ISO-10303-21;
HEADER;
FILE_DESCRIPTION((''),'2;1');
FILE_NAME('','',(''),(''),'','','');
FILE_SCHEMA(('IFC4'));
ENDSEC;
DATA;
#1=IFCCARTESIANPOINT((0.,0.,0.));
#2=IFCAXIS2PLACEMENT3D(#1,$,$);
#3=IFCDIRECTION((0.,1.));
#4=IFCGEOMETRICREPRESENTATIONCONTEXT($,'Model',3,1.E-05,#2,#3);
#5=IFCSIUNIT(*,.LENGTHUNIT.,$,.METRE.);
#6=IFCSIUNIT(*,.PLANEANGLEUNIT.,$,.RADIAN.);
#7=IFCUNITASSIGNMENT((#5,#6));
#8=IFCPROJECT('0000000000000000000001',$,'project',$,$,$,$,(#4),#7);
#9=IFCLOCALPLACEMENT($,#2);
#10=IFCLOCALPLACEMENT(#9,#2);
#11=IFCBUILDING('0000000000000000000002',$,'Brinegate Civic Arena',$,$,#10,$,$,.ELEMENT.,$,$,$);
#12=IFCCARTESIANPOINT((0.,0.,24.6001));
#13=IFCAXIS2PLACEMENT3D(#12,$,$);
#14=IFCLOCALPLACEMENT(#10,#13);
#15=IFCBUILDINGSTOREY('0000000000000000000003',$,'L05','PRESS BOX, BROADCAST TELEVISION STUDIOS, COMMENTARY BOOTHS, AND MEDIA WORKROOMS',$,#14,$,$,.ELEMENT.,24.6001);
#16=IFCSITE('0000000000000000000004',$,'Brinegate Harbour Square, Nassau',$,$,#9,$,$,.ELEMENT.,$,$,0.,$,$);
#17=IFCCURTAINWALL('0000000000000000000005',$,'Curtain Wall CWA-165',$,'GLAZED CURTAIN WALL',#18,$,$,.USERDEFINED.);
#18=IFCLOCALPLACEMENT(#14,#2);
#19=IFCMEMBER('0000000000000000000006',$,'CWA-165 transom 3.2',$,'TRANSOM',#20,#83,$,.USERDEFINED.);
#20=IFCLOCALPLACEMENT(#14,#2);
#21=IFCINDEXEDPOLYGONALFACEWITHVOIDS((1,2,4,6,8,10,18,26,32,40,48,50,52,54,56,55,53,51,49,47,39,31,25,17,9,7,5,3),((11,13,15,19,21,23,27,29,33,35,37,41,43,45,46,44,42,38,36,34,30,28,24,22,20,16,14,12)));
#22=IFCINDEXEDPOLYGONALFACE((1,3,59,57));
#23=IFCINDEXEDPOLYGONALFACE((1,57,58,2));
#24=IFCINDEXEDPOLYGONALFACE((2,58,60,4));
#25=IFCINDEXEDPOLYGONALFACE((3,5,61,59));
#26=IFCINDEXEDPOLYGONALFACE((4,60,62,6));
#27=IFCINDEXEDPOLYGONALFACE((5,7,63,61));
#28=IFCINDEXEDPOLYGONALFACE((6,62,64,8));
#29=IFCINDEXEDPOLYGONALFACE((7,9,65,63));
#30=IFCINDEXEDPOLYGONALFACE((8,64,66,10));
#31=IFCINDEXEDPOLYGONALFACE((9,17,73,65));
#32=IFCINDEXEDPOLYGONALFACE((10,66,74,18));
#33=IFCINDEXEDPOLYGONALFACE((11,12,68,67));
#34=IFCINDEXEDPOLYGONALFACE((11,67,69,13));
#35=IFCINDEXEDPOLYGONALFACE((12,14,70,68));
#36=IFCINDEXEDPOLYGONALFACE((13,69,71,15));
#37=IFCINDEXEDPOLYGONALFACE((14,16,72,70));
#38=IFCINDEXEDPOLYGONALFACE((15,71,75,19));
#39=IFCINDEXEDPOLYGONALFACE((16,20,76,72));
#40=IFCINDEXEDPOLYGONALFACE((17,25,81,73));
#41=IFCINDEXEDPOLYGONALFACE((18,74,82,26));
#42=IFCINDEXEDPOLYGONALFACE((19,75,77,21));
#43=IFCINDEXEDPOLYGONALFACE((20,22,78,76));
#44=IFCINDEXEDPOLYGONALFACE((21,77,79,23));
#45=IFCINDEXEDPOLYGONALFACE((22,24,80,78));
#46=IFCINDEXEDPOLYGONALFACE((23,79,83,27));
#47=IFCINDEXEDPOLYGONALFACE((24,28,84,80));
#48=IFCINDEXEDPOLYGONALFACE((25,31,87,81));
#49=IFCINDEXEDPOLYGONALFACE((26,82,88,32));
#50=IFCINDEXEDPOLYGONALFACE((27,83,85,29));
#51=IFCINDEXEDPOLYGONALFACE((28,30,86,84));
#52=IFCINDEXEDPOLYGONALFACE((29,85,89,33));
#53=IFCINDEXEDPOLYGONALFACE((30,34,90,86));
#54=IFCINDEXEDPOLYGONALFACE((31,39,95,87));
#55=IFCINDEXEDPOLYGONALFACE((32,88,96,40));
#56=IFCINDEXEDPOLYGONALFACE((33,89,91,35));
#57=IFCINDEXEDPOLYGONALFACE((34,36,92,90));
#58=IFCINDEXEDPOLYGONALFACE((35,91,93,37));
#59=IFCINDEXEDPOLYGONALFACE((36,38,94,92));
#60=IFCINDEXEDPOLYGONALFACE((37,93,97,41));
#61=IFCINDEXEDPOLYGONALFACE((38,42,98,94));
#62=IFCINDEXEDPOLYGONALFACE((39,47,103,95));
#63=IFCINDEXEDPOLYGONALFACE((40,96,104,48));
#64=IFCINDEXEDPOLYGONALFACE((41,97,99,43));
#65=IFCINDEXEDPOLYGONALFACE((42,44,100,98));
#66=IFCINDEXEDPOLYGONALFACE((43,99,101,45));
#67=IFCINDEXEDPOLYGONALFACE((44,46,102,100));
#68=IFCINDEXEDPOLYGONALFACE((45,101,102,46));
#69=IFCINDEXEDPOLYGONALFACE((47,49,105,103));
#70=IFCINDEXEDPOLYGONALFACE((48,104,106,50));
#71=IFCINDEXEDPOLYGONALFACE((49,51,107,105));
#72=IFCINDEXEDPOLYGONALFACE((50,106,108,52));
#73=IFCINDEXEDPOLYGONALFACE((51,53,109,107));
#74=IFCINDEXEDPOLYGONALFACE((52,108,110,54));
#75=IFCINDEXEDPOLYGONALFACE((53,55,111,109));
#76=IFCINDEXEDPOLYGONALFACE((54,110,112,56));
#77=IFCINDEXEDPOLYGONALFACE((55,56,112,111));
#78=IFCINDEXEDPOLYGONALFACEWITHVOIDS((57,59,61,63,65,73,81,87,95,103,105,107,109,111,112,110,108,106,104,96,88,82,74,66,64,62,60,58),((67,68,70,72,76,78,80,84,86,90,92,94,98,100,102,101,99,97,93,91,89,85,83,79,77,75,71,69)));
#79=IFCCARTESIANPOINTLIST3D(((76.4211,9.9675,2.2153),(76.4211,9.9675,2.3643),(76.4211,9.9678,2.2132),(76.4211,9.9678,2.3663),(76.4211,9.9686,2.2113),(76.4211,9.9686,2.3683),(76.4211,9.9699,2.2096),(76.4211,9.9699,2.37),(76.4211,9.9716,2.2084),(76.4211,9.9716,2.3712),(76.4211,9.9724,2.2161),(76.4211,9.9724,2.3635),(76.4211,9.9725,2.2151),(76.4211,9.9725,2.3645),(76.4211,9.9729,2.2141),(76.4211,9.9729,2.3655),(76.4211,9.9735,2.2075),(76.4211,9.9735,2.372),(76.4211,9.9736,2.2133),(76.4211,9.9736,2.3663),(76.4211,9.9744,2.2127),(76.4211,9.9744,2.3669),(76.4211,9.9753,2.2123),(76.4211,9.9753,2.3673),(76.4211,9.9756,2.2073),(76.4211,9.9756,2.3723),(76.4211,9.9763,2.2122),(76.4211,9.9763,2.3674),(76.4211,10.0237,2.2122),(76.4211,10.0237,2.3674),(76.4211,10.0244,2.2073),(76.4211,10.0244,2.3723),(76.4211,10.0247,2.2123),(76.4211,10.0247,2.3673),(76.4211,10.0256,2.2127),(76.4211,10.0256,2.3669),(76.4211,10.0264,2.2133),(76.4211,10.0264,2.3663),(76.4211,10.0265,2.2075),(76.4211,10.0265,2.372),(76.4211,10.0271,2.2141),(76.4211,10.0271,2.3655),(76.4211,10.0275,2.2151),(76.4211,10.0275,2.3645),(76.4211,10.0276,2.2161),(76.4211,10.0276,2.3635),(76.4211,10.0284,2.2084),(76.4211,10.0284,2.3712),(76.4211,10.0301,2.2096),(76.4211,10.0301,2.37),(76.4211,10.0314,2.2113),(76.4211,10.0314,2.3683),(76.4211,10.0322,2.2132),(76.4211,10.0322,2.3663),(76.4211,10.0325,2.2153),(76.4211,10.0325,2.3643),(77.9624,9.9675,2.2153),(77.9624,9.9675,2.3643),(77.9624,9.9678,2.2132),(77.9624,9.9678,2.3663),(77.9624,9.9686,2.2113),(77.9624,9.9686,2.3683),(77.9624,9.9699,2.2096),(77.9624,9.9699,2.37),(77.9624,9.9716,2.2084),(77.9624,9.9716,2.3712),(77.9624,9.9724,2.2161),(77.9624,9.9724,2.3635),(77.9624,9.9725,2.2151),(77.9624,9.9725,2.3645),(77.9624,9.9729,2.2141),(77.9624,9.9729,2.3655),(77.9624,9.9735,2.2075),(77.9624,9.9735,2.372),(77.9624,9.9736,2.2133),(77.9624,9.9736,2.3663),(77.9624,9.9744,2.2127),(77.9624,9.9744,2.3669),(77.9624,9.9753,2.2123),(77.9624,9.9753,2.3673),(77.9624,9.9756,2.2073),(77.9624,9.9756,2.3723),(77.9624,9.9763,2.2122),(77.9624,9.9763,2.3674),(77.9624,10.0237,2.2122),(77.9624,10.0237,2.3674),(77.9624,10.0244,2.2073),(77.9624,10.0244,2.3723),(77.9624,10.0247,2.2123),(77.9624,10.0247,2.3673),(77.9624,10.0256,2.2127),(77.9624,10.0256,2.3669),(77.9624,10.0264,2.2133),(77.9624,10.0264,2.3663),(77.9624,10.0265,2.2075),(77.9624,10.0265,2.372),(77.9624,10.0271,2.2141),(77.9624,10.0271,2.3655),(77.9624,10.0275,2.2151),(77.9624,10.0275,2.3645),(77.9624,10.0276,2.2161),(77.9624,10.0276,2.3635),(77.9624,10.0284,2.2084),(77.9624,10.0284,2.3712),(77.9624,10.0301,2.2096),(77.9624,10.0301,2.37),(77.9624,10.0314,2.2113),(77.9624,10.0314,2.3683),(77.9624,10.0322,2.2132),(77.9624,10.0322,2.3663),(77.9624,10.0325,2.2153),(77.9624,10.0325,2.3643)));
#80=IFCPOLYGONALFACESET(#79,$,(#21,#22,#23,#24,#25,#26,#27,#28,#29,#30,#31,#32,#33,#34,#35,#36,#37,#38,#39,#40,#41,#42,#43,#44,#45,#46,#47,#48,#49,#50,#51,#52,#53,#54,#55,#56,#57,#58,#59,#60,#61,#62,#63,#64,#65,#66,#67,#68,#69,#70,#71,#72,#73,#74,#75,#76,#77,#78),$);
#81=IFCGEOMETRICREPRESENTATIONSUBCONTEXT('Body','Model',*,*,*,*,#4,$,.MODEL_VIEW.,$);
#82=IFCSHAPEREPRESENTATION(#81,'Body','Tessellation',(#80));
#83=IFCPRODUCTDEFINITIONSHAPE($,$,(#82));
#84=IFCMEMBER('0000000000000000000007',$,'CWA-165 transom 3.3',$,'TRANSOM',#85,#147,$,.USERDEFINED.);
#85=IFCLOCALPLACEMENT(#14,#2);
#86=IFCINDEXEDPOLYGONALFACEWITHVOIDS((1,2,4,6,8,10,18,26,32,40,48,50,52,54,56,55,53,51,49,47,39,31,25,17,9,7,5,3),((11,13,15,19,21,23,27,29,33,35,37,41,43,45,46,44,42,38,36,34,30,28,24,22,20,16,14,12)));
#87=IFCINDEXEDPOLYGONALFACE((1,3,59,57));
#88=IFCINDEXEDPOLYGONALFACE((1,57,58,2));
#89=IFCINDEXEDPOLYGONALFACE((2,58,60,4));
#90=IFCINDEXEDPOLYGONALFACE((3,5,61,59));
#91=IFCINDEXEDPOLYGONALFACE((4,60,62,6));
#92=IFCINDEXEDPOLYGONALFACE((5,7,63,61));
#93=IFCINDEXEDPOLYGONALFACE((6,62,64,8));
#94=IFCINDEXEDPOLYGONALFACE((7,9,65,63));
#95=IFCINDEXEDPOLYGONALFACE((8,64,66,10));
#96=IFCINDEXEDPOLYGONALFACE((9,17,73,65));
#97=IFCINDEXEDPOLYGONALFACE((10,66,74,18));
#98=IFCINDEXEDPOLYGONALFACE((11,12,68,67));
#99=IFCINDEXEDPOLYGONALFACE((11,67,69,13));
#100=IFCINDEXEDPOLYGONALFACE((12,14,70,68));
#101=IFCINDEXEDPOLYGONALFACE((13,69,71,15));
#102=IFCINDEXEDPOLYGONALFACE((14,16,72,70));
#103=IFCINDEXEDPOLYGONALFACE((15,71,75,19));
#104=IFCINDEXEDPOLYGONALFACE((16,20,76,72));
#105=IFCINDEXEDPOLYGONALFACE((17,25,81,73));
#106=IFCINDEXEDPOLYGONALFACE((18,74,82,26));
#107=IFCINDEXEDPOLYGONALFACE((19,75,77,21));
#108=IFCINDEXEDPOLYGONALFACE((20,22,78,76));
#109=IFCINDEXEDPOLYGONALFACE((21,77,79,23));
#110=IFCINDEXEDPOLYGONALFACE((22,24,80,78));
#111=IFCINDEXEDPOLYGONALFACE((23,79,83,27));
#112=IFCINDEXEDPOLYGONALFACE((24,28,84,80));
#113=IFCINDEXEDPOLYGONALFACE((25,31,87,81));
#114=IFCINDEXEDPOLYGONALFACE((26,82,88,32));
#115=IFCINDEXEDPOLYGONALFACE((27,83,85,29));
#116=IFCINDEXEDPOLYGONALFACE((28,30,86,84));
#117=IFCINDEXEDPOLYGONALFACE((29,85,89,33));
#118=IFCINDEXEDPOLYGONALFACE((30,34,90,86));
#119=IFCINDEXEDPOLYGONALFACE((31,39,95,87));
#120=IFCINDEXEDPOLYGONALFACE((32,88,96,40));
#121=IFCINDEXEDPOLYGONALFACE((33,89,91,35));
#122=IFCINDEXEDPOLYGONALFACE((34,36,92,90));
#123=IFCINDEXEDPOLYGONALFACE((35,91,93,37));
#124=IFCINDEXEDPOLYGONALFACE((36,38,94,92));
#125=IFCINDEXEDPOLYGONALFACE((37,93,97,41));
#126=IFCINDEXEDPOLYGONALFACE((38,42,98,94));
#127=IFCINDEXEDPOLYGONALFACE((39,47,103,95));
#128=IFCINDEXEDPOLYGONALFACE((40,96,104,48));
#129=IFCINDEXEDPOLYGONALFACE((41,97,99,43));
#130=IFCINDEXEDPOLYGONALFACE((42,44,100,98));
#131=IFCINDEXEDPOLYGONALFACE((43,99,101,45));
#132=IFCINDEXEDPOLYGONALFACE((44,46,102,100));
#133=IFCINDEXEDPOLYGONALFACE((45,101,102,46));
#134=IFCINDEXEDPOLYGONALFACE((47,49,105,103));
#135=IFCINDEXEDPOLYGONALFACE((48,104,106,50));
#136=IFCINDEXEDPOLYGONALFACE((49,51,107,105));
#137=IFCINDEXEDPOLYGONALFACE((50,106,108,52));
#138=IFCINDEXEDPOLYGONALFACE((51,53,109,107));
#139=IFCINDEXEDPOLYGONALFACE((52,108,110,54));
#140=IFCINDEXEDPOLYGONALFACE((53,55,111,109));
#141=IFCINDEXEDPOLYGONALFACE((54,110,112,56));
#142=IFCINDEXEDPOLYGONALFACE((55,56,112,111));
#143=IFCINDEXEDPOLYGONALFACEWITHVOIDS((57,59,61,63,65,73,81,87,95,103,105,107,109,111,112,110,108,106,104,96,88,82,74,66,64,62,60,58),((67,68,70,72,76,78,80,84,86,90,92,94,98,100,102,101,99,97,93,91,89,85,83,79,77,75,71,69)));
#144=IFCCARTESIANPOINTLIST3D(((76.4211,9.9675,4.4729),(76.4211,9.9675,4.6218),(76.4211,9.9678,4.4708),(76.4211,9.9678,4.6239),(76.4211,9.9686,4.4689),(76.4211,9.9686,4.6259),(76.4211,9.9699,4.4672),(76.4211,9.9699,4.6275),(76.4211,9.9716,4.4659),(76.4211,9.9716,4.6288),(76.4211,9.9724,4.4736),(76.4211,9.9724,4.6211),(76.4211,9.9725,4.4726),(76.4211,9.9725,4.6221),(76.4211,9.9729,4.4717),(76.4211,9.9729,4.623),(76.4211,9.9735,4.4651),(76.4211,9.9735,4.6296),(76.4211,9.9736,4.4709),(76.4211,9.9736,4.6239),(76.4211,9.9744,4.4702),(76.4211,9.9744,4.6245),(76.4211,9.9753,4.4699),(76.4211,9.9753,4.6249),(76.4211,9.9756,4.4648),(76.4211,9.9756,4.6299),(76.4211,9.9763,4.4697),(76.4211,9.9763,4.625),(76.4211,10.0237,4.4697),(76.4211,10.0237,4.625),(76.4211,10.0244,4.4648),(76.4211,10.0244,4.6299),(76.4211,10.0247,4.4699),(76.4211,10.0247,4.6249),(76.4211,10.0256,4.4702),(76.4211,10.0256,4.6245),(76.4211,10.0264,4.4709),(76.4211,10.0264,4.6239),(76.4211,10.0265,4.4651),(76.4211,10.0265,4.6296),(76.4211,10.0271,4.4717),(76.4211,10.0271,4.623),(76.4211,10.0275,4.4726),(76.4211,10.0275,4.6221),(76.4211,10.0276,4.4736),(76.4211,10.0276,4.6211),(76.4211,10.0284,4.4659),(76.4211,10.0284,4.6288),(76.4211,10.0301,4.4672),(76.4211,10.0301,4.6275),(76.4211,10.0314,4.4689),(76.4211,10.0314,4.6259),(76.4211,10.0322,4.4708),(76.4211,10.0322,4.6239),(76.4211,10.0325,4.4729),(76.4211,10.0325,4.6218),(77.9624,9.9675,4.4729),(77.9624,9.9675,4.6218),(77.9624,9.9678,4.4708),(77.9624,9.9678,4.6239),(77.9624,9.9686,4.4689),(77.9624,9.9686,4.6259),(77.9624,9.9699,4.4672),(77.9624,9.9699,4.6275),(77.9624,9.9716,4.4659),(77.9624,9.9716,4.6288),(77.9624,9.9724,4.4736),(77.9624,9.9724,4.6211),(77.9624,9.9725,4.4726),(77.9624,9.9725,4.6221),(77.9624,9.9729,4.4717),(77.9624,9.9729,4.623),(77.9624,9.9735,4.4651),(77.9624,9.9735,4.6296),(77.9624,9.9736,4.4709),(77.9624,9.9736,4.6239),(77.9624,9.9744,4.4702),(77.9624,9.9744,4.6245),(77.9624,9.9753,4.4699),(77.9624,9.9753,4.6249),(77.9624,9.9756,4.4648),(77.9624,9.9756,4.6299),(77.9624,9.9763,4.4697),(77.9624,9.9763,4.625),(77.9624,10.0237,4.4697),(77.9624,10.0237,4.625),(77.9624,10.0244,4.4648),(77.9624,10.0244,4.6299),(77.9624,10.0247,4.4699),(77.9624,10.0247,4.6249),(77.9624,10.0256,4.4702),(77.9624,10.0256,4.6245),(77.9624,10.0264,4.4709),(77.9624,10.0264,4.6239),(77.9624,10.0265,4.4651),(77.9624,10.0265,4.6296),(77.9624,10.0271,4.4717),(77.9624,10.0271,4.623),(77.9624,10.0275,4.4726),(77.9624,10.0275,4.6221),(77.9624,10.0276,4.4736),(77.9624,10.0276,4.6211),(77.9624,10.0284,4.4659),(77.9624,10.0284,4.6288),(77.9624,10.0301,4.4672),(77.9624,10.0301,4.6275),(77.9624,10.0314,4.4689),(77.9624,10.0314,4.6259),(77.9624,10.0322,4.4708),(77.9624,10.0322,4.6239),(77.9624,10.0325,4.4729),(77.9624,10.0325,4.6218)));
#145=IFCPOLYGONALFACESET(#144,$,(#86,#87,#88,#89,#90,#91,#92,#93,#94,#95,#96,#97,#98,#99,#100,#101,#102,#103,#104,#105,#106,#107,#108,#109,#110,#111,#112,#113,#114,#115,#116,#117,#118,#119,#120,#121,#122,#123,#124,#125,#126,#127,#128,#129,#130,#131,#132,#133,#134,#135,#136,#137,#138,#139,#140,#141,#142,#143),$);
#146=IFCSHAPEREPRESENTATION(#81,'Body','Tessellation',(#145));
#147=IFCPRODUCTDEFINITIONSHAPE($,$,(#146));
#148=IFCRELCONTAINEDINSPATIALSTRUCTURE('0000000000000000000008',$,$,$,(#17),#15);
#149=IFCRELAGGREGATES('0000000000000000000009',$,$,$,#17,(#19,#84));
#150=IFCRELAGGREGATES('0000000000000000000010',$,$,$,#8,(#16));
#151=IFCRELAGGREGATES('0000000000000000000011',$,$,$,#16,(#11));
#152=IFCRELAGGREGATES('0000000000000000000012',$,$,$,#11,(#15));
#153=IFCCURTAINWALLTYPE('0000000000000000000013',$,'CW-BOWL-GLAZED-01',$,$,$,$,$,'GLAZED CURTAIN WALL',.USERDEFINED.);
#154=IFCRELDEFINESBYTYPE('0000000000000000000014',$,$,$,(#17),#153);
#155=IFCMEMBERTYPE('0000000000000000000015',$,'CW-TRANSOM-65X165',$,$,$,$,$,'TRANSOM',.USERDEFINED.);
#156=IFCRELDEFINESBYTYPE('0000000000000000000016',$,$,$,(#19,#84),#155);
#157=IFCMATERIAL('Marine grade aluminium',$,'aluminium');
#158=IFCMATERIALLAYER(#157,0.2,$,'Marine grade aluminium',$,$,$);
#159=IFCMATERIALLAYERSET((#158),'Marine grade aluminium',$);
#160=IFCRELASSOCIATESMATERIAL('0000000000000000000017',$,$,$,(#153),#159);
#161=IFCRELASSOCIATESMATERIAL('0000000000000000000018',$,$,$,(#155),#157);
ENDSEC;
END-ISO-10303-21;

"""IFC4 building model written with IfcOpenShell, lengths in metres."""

from ifc_helpers import new_model, si_unit, direction, frame, origin, origin_2d, place, context, subcontext, project, spatial, hollow_rectangle, extrude, material, layer, layer_set, material_profile, profile_set, type_object, element, aggregate, save


model = new_model("IFC4")

# Units and contexts
model_context = context("Model", 3, precision=1e-05, world=origin(), true_north=direction((0.0, 1.0)))
body_context = subcontext(model_context, "Body", "Model", "MODEL_VIEW")
ifc_project = project(units=[si_unit("LENGTHUNIT", "METRE"), si_unit("PLANEANGLEUNIT", "RADIAN")], contexts=[model_context])

# Site, building, storey
site_placement = place(None, origin())
site = spatial("IfcSite", under=ifc_project, at=site_placement, Name="Brinegate Harbour Square, Nassau", CompositionType="ELEMENT", RefElevation=0.0)
building_placement = place(site_placement, origin())
building = spatial("IfcBuilding", under=site, at=building_placement, Name="Brinegate Civic Arena", CompositionType="ELEMENT")
storey_placement = place(building_placement, frame((0.0, 0.0, 24.6001)))
storey = spatial("IfcBuildingStorey", under=building, at=storey_placement, Name="L05", Description="PRESS BOX, BROADCAST TELEVISION STUDIOS, COMMENTARY BOOTHS, AND MEDIA WORKROOMS", CompositionType="ELEMENT", Elevation=24.6001)

# Curtain wall, members
ifc_material_1 = material(Name="Marine grade aluminium", Category="aluminium")
ifc_layer_1 = layer(ifc_material_1, 0.2, Name="Marine grade aluminium")
ifc_layer_set_1 = layer_set([ifc_layer_1], Name="Marine grade aluminium")
curtain_wall_type = type_object("IfcCurtainWallType", Name="CW-BOWL-GLAZED-01", ElementType="GLAZED CURTAIN WALL", PredefinedType="USERDEFINED", material=ifc_layer_set_1)
curtain_wall_placement = place(storey_placement, origin())
curtain_wall = element("IfcCurtainWall", 1, at=curtain_wall_placement, inside=storey, type_object=curtain_wall_type, Name="Curtain Wall CWA-165", ObjectType="GLAZED CURTAIN WALL", PredefinedType="USERDEFINED")
ifc_material_profile_1 = material_profile(ifc_material_1, hollow_rectangle(XDim=0.0649, YDim=0.165, WallThickness=0.0049, InnerFilletRadius=0.0039, OuterFilletRadius=0.0081, at=origin_2d()), Name="TRN65X165")
ifc_profile_set_1 = profile_set([ifc_material_profile_1], Name="Marine grade aluminium")
member_type_1 = type_object("IfcMemberType", Name="CW-TRANSOM-65X165", ElementType="TRANSOM", PredefinedType="USERDEFINED", material=ifc_profile_set_1)
member_1_placement = place(storey_placement, frame((76.4211, 10.0, 2.2898), z_axis=(1.0, 0.0, 0.0), x_axis=(0.0, 1.0, 0.0)))
member_1 = element("IfcMember", 2, at=member_1_placement, type_object=member_type_1, Name="CWA-165 transom 3.2", ObjectType="TRANSOM", PredefinedType="USERDEFINED", context=body_context, shape_type="SweptSolid", body=[
    extrude(hollow_rectangle(XDim=0.0649, YDim=0.165, WallThickness=0.0049, InnerFilletRadius=0.0039, OuterFilletRadius=0.0081, at=origin_2d()), origin(), (0.0, 0.0, 1.0), 1.5413),
])
member_2_placement = place(storey_placement, frame((76.4211, 10.0, 4.5474), z_axis=(1.0, 0.0, 0.0), x_axis=(0.0, 1.0, 0.0)))
member_2 = element("IfcMember", 3, at=member_2_placement, type_object=member_type_1, Name="CWA-165 transom 3.3", ObjectType="TRANSOM", PredefinedType="USERDEFINED", context=body_context, shape_type="SweptSolid", body=[
    extrude(hollow_rectangle(XDim=0.0649, YDim=0.165, WallThickness=0.0049, InnerFilletRadius=0.0039, OuterFilletRadius=0.0081, at=origin_2d()), origin(), (0.0, 0.0, 1.0), 1.5413),
])
aggregate(curtain_wall, [member_1, member_2])

save(model, "model.ifc")
